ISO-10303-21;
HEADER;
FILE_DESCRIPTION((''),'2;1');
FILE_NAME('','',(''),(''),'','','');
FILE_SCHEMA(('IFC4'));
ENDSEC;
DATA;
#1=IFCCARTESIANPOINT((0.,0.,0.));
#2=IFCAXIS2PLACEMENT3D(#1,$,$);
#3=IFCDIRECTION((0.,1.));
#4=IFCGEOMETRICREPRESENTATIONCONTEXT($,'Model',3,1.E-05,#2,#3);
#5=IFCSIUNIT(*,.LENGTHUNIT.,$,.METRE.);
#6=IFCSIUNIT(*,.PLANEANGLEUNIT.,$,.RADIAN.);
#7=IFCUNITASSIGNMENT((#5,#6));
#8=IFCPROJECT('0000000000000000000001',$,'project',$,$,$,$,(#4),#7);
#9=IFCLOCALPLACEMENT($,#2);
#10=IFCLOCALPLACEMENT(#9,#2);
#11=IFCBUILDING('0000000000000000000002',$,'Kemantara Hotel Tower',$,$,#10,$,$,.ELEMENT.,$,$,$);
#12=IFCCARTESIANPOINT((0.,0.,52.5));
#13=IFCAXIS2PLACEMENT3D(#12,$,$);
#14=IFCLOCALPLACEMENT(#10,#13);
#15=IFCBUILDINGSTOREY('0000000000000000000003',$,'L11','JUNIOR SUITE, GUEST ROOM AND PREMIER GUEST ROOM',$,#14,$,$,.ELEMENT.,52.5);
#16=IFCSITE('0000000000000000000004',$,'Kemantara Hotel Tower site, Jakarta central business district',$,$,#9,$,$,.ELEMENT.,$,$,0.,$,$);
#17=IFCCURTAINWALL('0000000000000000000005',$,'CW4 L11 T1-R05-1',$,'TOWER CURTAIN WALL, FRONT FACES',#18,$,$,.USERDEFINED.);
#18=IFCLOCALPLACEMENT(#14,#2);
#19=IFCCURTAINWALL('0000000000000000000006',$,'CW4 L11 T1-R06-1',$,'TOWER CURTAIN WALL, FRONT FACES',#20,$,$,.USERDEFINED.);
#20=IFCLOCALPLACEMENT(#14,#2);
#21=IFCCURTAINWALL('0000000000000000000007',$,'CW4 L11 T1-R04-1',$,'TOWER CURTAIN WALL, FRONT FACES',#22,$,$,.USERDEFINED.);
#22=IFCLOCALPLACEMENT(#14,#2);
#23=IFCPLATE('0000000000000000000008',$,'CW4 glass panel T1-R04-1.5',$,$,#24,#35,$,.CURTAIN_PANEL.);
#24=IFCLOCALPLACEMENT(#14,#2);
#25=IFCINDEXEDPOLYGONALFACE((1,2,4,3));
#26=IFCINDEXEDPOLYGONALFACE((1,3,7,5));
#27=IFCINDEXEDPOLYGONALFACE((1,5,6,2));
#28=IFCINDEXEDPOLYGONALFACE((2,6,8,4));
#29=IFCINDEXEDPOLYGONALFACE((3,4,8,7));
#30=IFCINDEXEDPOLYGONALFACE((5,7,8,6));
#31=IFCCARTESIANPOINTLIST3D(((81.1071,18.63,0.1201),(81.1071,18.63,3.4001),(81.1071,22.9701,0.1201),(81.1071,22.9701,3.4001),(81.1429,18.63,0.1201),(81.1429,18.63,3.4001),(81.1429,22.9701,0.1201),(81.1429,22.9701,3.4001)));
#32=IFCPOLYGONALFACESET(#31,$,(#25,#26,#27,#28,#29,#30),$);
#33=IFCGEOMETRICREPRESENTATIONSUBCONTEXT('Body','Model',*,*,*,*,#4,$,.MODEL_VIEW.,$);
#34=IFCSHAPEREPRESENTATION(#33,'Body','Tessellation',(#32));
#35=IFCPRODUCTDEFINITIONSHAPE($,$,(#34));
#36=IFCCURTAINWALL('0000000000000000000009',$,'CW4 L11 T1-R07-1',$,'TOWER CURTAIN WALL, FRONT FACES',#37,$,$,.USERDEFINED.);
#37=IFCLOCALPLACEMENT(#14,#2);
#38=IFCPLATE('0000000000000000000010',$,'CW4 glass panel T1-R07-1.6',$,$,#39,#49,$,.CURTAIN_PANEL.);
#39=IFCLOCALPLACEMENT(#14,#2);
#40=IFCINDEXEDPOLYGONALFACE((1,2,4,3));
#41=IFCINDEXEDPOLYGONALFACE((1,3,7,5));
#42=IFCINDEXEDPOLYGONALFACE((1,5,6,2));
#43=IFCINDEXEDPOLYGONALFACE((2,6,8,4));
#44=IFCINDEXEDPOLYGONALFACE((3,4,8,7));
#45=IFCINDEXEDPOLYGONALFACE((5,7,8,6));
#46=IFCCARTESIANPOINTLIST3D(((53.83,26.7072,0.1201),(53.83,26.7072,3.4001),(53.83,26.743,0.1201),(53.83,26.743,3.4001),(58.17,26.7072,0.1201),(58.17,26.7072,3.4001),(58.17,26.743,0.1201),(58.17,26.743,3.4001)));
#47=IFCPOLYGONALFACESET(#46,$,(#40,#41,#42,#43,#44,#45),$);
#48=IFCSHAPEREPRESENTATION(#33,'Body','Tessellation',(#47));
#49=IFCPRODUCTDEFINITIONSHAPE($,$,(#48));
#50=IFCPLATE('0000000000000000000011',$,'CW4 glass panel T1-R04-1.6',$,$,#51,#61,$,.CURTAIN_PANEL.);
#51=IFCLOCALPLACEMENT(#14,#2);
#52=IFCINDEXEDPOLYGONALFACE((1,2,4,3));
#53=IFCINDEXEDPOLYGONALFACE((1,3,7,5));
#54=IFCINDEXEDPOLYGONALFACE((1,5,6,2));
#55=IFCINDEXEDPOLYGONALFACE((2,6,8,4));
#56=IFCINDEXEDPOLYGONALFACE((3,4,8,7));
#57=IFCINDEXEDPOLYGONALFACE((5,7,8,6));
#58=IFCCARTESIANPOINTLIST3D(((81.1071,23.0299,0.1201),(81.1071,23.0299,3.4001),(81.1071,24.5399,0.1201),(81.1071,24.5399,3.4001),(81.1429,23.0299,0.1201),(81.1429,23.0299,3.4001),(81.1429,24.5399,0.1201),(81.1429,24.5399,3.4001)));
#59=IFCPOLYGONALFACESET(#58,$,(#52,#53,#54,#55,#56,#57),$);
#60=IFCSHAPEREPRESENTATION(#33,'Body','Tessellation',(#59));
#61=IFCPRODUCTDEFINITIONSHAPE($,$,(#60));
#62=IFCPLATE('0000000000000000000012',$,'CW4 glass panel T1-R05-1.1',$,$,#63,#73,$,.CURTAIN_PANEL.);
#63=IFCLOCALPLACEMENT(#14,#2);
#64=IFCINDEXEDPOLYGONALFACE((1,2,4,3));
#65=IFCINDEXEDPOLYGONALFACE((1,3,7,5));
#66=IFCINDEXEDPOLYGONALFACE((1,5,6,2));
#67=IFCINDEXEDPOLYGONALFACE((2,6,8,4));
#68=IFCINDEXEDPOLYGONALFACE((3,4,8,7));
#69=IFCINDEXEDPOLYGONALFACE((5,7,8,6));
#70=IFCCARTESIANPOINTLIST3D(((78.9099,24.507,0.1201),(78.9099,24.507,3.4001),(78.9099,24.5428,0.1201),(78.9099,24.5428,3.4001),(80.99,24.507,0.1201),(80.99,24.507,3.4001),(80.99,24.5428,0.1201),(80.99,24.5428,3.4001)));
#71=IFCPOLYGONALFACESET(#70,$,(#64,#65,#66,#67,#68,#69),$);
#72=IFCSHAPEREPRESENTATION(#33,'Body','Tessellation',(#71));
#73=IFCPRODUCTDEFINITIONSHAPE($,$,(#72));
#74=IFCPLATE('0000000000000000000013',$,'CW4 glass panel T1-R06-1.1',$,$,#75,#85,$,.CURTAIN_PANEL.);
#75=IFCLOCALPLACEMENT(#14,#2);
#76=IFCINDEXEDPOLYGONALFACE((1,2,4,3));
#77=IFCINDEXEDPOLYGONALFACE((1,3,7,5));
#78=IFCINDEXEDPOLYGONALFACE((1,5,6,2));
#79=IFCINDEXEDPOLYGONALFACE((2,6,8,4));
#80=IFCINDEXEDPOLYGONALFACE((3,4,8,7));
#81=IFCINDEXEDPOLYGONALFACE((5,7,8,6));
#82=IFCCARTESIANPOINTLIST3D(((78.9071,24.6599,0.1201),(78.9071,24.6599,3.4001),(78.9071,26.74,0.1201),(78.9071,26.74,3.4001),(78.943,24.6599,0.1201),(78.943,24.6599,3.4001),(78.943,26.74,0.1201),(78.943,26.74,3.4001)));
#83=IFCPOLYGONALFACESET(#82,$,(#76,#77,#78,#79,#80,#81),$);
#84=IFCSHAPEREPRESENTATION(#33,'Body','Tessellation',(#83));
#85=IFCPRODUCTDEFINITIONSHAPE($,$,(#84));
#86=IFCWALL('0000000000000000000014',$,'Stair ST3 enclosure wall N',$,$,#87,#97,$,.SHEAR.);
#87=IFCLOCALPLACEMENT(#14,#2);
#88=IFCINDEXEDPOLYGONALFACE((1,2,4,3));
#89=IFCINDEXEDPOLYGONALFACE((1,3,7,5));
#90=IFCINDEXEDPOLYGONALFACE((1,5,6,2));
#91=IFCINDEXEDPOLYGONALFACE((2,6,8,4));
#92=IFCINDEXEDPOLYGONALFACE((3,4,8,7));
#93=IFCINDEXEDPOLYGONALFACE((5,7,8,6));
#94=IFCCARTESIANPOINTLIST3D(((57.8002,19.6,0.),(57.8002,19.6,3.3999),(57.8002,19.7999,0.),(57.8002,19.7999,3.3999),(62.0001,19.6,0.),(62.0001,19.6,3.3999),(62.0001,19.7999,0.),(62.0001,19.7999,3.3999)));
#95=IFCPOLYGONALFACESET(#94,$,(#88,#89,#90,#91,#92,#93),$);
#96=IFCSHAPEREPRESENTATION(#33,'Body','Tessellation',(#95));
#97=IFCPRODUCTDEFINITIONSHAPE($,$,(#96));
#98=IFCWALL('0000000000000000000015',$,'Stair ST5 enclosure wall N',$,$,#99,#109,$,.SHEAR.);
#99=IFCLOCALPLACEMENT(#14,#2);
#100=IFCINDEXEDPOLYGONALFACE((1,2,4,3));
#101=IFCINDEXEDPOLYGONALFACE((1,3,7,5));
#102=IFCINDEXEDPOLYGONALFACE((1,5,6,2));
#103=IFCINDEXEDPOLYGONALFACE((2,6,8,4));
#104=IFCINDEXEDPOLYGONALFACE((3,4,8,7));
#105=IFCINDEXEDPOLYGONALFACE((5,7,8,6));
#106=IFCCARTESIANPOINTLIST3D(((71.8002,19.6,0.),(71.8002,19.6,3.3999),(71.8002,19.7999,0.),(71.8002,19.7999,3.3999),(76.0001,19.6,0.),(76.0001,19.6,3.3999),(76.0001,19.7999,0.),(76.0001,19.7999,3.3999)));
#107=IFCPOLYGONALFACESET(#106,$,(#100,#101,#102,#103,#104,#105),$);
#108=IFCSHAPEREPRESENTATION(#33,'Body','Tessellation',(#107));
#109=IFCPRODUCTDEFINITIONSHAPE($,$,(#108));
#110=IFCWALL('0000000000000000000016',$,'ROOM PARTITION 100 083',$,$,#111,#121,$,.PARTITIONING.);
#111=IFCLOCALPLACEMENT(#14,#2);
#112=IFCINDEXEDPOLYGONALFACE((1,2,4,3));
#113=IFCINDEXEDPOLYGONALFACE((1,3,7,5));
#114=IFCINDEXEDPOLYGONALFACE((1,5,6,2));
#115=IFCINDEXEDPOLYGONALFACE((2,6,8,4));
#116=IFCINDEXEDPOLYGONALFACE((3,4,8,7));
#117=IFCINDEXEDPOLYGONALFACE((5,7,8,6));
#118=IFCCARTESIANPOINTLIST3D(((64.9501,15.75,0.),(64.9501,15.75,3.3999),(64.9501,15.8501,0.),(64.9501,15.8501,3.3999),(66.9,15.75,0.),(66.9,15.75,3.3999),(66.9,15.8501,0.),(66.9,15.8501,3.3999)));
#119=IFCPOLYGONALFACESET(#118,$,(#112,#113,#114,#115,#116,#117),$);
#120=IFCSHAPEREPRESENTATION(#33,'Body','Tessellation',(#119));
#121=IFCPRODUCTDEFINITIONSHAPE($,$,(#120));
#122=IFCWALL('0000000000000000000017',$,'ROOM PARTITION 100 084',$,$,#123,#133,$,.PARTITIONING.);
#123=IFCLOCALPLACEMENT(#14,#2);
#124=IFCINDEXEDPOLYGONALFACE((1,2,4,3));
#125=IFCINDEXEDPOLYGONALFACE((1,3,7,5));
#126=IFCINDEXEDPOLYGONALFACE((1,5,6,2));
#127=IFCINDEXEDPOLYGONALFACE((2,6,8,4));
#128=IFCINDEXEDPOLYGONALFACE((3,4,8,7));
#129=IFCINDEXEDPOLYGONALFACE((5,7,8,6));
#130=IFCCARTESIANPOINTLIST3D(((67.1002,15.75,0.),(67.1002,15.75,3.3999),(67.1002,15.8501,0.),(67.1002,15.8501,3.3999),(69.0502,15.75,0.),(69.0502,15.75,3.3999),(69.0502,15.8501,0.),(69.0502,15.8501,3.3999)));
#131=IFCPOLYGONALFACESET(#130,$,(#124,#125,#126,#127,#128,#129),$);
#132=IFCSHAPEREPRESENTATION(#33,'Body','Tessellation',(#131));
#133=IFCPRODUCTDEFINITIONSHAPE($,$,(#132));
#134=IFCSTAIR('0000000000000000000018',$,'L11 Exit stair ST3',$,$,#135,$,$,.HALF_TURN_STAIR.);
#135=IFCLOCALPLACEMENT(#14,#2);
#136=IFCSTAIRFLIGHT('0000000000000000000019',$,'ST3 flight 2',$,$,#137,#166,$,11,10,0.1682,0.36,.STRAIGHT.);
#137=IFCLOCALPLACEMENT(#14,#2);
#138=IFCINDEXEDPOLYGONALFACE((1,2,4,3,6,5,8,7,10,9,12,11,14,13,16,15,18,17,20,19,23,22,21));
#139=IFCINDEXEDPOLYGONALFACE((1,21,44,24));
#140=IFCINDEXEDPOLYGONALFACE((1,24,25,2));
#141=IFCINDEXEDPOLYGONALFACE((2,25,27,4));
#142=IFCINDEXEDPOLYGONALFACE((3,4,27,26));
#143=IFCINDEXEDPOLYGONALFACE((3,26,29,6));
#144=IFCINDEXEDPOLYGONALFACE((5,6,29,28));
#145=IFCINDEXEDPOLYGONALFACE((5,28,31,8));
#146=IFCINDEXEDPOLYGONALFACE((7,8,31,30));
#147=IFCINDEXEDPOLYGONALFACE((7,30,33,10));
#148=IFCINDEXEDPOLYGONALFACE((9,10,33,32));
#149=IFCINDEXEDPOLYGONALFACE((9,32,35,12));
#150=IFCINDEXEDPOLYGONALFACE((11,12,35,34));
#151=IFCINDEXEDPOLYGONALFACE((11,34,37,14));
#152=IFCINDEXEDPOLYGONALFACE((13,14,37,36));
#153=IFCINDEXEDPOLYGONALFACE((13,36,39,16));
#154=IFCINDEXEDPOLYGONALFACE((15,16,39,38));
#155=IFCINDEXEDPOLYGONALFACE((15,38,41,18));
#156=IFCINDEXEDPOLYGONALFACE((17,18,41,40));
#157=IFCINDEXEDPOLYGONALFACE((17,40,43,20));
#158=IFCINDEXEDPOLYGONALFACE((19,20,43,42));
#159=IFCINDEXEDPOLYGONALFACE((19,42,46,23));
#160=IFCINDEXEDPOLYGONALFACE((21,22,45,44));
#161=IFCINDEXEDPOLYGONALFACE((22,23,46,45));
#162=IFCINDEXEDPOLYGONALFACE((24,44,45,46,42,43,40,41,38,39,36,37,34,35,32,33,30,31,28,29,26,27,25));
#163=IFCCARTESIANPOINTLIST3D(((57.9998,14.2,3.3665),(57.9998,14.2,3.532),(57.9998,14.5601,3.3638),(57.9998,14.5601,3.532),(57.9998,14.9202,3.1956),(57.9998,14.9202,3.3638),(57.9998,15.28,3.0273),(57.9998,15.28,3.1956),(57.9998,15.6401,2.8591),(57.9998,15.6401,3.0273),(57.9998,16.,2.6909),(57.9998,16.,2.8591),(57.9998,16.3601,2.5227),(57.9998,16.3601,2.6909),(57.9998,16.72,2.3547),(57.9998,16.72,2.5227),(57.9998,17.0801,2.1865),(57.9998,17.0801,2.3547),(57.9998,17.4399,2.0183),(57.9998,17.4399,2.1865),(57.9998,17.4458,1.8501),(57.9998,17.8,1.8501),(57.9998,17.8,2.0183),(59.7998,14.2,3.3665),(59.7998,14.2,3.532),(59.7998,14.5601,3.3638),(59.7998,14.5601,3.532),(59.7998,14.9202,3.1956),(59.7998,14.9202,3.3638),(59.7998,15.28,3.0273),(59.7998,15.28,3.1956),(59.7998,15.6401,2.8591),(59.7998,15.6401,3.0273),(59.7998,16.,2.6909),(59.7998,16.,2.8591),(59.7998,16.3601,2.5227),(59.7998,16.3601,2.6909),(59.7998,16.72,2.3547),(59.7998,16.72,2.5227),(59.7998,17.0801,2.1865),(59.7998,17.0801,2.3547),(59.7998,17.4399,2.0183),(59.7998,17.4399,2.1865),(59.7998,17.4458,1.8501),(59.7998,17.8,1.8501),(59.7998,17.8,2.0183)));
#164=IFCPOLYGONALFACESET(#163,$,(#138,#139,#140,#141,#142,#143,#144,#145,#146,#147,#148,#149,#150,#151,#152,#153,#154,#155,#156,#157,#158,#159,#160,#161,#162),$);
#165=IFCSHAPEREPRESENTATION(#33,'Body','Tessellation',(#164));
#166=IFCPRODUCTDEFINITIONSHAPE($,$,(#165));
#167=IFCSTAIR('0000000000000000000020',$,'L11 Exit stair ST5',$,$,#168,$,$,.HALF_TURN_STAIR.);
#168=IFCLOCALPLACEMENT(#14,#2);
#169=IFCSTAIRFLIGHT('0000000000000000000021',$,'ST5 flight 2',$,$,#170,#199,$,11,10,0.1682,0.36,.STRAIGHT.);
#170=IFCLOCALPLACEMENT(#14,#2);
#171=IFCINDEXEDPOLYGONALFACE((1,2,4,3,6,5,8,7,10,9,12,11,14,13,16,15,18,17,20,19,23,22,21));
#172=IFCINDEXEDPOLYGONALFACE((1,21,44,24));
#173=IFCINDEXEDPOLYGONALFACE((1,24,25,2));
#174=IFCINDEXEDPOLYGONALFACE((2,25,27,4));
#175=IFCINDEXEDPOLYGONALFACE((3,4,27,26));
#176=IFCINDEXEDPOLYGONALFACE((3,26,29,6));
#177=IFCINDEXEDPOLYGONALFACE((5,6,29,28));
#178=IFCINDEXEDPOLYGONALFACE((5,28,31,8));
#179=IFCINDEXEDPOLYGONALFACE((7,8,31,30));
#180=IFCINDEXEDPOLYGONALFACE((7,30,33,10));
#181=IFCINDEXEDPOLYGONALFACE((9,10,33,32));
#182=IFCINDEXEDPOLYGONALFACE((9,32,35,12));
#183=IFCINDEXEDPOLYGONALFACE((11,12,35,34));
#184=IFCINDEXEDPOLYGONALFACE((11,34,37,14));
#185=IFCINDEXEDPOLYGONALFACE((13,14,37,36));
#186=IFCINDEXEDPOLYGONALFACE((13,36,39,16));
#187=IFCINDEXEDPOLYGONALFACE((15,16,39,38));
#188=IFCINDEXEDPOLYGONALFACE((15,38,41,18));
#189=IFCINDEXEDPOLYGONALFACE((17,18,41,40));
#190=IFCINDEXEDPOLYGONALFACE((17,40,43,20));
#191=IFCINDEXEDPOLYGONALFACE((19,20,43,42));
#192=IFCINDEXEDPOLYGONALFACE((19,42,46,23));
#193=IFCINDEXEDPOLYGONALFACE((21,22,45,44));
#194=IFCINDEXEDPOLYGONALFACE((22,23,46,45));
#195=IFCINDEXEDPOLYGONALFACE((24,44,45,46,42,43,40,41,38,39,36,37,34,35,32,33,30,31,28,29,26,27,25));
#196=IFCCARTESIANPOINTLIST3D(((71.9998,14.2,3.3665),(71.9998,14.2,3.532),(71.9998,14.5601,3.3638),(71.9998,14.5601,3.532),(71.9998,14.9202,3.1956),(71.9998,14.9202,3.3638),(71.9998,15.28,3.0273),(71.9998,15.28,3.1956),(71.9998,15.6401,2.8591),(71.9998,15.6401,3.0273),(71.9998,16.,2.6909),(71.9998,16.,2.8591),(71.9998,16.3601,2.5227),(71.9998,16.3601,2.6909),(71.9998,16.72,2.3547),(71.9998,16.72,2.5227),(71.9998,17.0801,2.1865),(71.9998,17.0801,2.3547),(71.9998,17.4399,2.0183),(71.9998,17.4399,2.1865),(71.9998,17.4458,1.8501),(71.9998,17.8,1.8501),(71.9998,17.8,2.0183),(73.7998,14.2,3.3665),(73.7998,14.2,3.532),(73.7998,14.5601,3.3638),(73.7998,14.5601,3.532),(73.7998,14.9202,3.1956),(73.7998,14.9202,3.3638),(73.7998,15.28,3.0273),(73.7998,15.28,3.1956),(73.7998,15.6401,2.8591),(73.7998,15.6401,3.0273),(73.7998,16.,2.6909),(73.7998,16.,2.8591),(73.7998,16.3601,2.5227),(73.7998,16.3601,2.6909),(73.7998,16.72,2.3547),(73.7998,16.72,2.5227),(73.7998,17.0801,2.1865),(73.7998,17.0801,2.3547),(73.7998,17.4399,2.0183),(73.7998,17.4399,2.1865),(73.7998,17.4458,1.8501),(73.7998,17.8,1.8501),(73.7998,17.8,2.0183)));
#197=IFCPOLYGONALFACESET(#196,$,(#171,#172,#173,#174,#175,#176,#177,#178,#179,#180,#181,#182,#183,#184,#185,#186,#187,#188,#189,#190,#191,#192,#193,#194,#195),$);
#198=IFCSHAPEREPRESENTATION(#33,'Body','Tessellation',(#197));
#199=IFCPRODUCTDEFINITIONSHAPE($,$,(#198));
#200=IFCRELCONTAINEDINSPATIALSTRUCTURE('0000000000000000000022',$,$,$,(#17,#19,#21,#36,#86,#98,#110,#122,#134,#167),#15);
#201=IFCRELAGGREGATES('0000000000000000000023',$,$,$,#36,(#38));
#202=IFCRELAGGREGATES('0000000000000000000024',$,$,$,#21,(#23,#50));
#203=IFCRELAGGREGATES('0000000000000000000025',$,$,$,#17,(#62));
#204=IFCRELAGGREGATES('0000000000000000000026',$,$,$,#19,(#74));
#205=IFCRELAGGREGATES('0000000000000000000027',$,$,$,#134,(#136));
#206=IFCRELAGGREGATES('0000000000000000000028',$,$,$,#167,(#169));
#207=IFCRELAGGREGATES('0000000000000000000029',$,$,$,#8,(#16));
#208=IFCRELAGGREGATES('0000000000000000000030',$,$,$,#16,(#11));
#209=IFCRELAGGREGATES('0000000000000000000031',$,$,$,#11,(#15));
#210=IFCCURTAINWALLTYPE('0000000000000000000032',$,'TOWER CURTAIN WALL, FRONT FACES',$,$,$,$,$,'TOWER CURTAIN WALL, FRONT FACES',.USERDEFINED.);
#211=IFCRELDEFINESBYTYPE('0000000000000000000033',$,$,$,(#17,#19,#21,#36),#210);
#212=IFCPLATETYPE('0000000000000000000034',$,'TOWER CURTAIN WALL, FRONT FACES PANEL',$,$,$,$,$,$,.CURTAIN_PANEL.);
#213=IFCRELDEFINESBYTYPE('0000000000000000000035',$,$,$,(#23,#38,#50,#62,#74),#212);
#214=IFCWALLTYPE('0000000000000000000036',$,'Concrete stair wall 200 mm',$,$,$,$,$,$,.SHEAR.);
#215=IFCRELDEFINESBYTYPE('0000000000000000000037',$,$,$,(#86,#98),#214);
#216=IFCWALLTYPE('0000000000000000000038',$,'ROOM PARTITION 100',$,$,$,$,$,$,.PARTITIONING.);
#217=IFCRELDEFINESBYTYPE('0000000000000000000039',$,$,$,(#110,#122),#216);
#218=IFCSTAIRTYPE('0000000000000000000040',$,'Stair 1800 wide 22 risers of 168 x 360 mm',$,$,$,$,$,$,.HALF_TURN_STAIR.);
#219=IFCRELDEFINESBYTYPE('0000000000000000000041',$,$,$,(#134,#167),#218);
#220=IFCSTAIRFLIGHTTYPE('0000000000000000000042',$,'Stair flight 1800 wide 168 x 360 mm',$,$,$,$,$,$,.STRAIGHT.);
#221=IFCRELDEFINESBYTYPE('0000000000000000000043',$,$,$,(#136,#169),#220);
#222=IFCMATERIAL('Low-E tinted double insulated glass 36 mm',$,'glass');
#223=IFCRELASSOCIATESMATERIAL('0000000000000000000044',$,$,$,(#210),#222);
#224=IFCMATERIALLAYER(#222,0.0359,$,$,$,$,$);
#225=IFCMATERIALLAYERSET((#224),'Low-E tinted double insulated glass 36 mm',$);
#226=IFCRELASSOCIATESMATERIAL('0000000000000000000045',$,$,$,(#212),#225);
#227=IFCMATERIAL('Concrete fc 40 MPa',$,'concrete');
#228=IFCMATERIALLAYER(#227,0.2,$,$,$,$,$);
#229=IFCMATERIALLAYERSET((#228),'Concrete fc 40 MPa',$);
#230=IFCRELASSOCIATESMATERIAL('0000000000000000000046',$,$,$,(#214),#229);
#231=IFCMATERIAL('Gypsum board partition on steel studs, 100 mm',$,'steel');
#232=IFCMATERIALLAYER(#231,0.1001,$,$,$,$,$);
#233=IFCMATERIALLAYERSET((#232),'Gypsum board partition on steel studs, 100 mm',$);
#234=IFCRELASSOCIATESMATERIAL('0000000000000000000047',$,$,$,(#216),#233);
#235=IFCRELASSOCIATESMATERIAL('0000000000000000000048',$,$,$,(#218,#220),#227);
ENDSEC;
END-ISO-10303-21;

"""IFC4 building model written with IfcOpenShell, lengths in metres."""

from ifc_helpers import new_model, si_unit, direction, frame, frame_2d, origin, origin_2d, place, context, subcontext, project, spatial, polyline, rectangle, outline, extrude, source, transform, mapped, material, layer, layer_set, type_object, element, aggregate, save


model = new_model("IFC4")

# Units and contexts
model_context = context("Model", 3, precision=1e-05, world=origin(), true_north=direction((0.0, 1.0)))
body_context = subcontext(model_context, "Body", "Model", "MODEL_VIEW")
ifc_project = project(units=[si_unit("LENGTHUNIT", "METRE"), si_unit("PLANEANGLEUNIT", "RADIAN")], contexts=[model_context])

# Site, building, storey
site_placement = place(None, origin())
site = spatial("IfcSite", under=ifc_project, at=site_placement, Name="Kemantara Hotel Tower site, Jakarta central business district", CompositionType="ELEMENT", RefElevation=0.0)
building_placement = place(site_placement, origin())
building = spatial("IfcBuilding", under=site, at=building_placement, Name="Kemantara Hotel Tower", CompositionType="ELEMENT")
storey_placement = place(building_placement, frame((0.0, 0.0, 52.5)))
storey = spatial("IfcBuildingStorey", under=building, at=storey_placement, Name="L11", Description="JUNIOR SUITE, GUEST ROOM AND PREMIER GUEST ROOM", CompositionType="ELEMENT", Elevation=52.5)

# Curtain walls
ifc_material_1 = material(Name="Low-E tinted double insulated glass 36 mm", Category="glass")
curtain_wall_type = type_object("IfcCurtainWallType", Name="TOWER CURTAIN WALL, FRONT FACES", ElementType="TOWER CURTAIN WALL, FRONT FACES", PredefinedType="USERDEFINED", material=ifc_material_1)
curtain_wall_1_placement = place(storey_placement, origin())
curtain_wall_1 = element("IfcCurtainWall", 1, at=curtain_wall_1_placement, inside=storey, type_object=curtain_wall_type, Name="CW4 L11 T1-R05-1", ObjectType="TOWER CURTAIN WALL, FRONT FACES", PredefinedType="USERDEFINED")
curtain_wall_2_placement = place(storey_placement, origin())
curtain_wall_2 = element("IfcCurtainWall", 2, at=curtain_wall_2_placement, inside=storey, type_object=curtain_wall_type, Name="CW4 L11 T1-R06-1", ObjectType="TOWER CURTAIN WALL, FRONT FACES", PredefinedType="USERDEFINED")

# Curtain wall
curtain_wall_3_placement = place(storey_placement, origin())
curtain_wall_3 = element("IfcCurtainWall", 3, at=curtain_wall_3_placement, inside=storey, type_object=curtain_wall_type, Name="CW4 L11 T1-R04-1", ObjectType="TOWER CURTAIN WALL, FRONT FACES", PredefinedType="USERDEFINED")

# Plate
ifc_layer_1 = layer(ifc_material_1, 0.0359)
ifc_layer_set_1 = layer_set([ifc_layer_1], Name="Low-E tinted double insulated glass 36 mm")
plate_type = type_object("IfcPlateType", Name="TOWER CURTAIN WALL, FRONT FACES PANEL", PredefinedType="CURTAIN_PANEL", material=ifc_layer_set_1)
shared_shape_1 = source(origin(), body_context, "Body", "SweptSolid", [
    extrude(rectangle(XDim=4.3401, YDim=0.0359, at=origin_2d()), origin(), (0.0, 0.0, 1.0), 3.28),
])
plate_1_placement = place(storey_placement, frame((81.125, 20.8, 0.1201), z_axis=(0.0, 0.0, 1.0), x_axis=(0.0, 1.0, 0.0)))
plate_1 = element("IfcPlate", 4, at=plate_1_placement, type_object=plate_type, Name="CW4 glass panel T1-R04-1.5", PredefinedType="CURTAIN_PANEL", context=body_context, shape_type="MappedRepresentation", body=[
    mapped(shared_shape_1, transform((0.0, 0.0, 0.0))),
])

# Curtain wall, plate
curtain_wall_4_placement = place(storey_placement, origin())
curtain_wall_4 = element("IfcCurtainWall", 5, at=curtain_wall_4_placement, inside=storey, type_object=curtain_wall_type, Name="CW4 L11 T1-R07-1", ObjectType="TOWER CURTAIN WALL, FRONT FACES", PredefinedType="USERDEFINED")
plate_2_placement = place(storey_placement, frame((56.0, 26.7251, 0.1201), z_axis=(0.0, 0.0, 1.0), x_axis=(-1.0, 0.0, 0.0)))
plate_2 = element("IfcPlate", 6, at=plate_2_placement, type_object=plate_type, Name="CW4 glass panel T1-R07-1.6", PredefinedType="CURTAIN_PANEL", context=body_context, shape_type="MappedRepresentation", body=[
    mapped(shared_shape_1, transform((0.0, 0.0, 0.0))),
])
aggregate(curtain_wall_4, [plate_2])

# Plates
shared_shape_2 = source(origin(), body_context, "Body", "SweptSolid", [
    extrude(rectangle(XDim=1.51, YDim=0.0359, at=origin_2d()), origin(), (0.0, 0.0, 1.0), 3.28),
])
plate_3_placement = place(storey_placement, frame((81.125, 23.7849, 0.1201), z_axis=(0.0, 0.0, 1.0), x_axis=(0.0, 1.0, 0.0)))
plate_3 = element("IfcPlate", 7, at=plate_3_placement, type_object=plate_type, Name="CW4 glass panel T1-R04-1.6", PredefinedType="CURTAIN_PANEL", context=body_context, shape_type="MappedRepresentation", body=[
    mapped(shared_shape_2, transform((0.0, 0.0, 0.0))),
])
aggregate(curtain_wall_3, [plate_1, plate_3])
shared_shape_3 = source(origin(), body_context, "Body", "SweptSolid", [
    extrude(rectangle(XDim=2.0801, YDim=0.0359, at=origin_2d()), origin(), (0.0, 0.0, 1.0), 3.28),
])
plate_4_placement = place(storey_placement, frame((79.95, 24.5249, 0.1201), z_axis=(0.0, 0.0, 1.0), x_axis=(-1.0, 0.0, 0.0)))
plate_4 = element("IfcPlate", 8, at=plate_4_placement, type_object=plate_type, Name="CW4 glass panel T1-R05-1.1", PredefinedType="CURTAIN_PANEL", context=body_context, shape_type="MappedRepresentation", body=[
    mapped(shared_shape_3, transform((0.0, 0.0, 0.0))),
])
aggregate(curtain_wall_1, [plate_4])
plate_5_placement = place(storey_placement, frame((78.925, 25.7, 0.1201), z_axis=(0.0, 0.0, 1.0), x_axis=(0.0, 1.0, 0.0)))
plate_5 = element("IfcPlate", 9, at=plate_5_placement, type_object=plate_type, Name="CW4 glass panel T1-R06-1.1", PredefinedType="CURTAIN_PANEL", context=body_context, shape_type="MappedRepresentation", body=[
    mapped(shared_shape_3, transform((0.0, 0.0, 0.0))),
])
aggregate(curtain_wall_2, [plate_5])

# Walls
ifc_material_2 = material(Name="Concrete fc 40 MPa", Category="concrete")
ifc_layer_2 = layer(ifc_material_2, 0.2)
ifc_layer_set_2 = layer_set([ifc_layer_2], Name="Concrete fc 40 MPa")
wall_type_1 = type_object("IfcWallType", Name="Concrete stair wall 200 mm", PredefinedType="SHEAR", material=ifc_layer_set_2)
for number, where, z_axis, x_axis, name in (
    (10, (57.8, 19.7, 0.0), (0.0, 0.0, 1.0), (1.0, 0.0, 0.0), "Stair ST3 enclosure wall N"),
    (11, (71.8, 19.7, 0.0), (0.0, 0.0, 1.0), (1.0, 0.0, 0.0), "Stair ST5 enclosure wall N"),
):
    element("IfcWall", number, at=place(storey_placement, frame(where, z_axis=z_axis, x_axis=x_axis)), inside=storey, type_object=wall_type_1, Name=name, PredefinedType="SHEAR", context=body_context, shape_type="SweptSolid", body=[
        extrude(rectangle(XDim=4.2, YDim=0.2, at=frame_2d((2.1001, 0.0))), origin(), (0.0, 0.0, 1.0), 3.3999),
    ])
ifc_material_3 = material(Name="Gypsum board partition on steel studs, 100 mm", Category="steel")
ifc_layer_3 = layer(ifc_material_3, 0.1001)
ifc_layer_set_3 = layer_set([ifc_layer_3], Name="Gypsum board partition on steel studs, 100 mm")
wall_type_2 = type_object("IfcWallType", Name="ROOM PARTITION 100", PredefinedType="PARTITIONING", material=ifc_layer_set_3)
for number, where, z_axis, x_axis, name in (
    (12, (64.95, 15.8, 0.0), (0.0, 0.0, 1.0), (1.0, 0.0, 0.0), "ROOM PARTITION 100 083"),
    (13, (67.1001, 15.8, 0.0), (0.0, 0.0, 1.0), (1.0, 0.0, 0.0), "ROOM PARTITION 100 084"),
):
    element("IfcWall", number, at=place(storey_placement, frame(where, z_axis=z_axis, x_axis=x_axis)), inside=storey, type_object=wall_type_2, Name=name, PredefinedType="PARTITIONING", context=body_context, shape_type="SweptSolid", body=[
        extrude(rectangle(XDim=1.95, YDim=0.1001, at=frame_2d((0.9751, 0.0))), origin(), (0.0, 0.0, 1.0), 3.3999),
    ])

# Stairs, stair flights
stair_type = type_object("IfcStairType", Name="Stair 1800 wide 22 risers of 168 x 360 mm", PredefinedType="HALF_TURN_STAIR", material=ifc_material_2)
stair_1_placement = place(storey_placement, origin())
stair_1 = element("IfcStair", 14, at=stair_1_placement, inside=storey, type_object=stair_type, Name="L11 Exit stair ST3", PredefinedType="HALF_TURN_STAIR")
stair_flight_type = type_object("IfcStairFlightType", Name="Stair flight 1800 wide 168 x 360 mm", PredefinedType="STRAIGHT", material=ifc_material_2)
stair_flight_1_placement = place(storey_placement, frame((58.8999, 17.8, 1.8501), z_axis=(0.0, 0.0, 1.0), x_axis=(0.0, -1.0, 0.0)))
stair_flight_1 = element("IfcStairFlight", 15, at=stair_flight_1_placement, type_object=stair_flight_type, Name="ST3 flight 2", NumberOfRisers=11, NumberOfTreads=10, PredefinedType="STRAIGHT", RiserHeight=0.1682, TreadLength=0.36, context=body_context, shape_type="SweptSolid", body=[
    extrude(outline(polyline([(0.0, 0.0), (0.0, 0.1682), (0.3601, 0.1682), (0.3601, 0.3364), (0.72, 0.3364), (0.72, 0.5046), (1.0801, 0.5046), (1.0801, 0.6726), (1.4399, 0.6726), (1.4399, 0.8408), (1.8, 0.8408), (1.8, 1.009), (2.1599, 1.009), (2.1599, 1.1772), (2.52, 1.1772), (2.52, 1.3455), (2.8799, 1.3455), (2.8799, 1.5137), (3.24, 1.5137), (3.24, 1.6819), (3.6001, 1.6819), (3.6001, 1.8501), (3.6001, 1.5164), (0.3542, 0.0), (0.0, 0.0)])), frame((0.0, 0.8999, 0.0), z_axis=(0.0, -1.0, 0.0), x_axis=(1.0, 0.0, 0.0)), (0.0, 0.0, 1.0), 1.8),
])
aggregate(stair_1, [stair_flight_1])
stair_2_placement = place(storey_placement, origin())
stair_2 = element("IfcStair", 16, at=stair_2_placement, inside=storey, type_object=stair_type, Name="L11 Exit stair ST5", PredefinedType="HALF_TURN_STAIR")
stair_flight_2_placement = place(storey_placement, frame((72.8999, 17.8, 1.8501), z_axis=(0.0, 0.0, 1.0), x_axis=(0.0, -1.0, 0.0)))
stair_flight_2 = element("IfcStairFlight", 17, at=stair_flight_2_placement, type_object=stair_flight_type, Name="ST5 flight 2", NumberOfRisers=11, NumberOfTreads=10, PredefinedType="STRAIGHT", RiserHeight=0.1682, TreadLength=0.36, context=body_context, shape_type="SweptSolid", body=[
    extrude(outline(polyline([(0.0, 0.0), (0.0, 0.1682), (0.3601, 0.1682), (0.3601, 0.3364), (0.72, 0.3364), (0.72, 0.5046), (1.0801, 0.5046), (1.0801, 0.6726), (1.4399, 0.6726), (1.4399, 0.8408), (1.8, 0.8408), (1.8, 1.009), (2.1599, 1.009), (2.1599, 1.1772), (2.52, 1.1772), (2.52, 1.3455), (2.8799, 1.3455), (2.8799, 1.5137), (3.24, 1.5137), (3.24, 1.6819), (3.6001, 1.6819), (3.6001, 1.8501), (3.6001, 1.5164), (0.3542, 0.0), (0.0, 0.0)])), frame((0.0, 0.8999, 0.0), z_axis=(0.0, -1.0, 0.0), x_axis=(1.0, 0.0, 0.0)), (0.0, 0.0, 1.0), 1.8),
])
aggregate(stair_2, [stair_flight_2])

save(model, "model.ifc")
